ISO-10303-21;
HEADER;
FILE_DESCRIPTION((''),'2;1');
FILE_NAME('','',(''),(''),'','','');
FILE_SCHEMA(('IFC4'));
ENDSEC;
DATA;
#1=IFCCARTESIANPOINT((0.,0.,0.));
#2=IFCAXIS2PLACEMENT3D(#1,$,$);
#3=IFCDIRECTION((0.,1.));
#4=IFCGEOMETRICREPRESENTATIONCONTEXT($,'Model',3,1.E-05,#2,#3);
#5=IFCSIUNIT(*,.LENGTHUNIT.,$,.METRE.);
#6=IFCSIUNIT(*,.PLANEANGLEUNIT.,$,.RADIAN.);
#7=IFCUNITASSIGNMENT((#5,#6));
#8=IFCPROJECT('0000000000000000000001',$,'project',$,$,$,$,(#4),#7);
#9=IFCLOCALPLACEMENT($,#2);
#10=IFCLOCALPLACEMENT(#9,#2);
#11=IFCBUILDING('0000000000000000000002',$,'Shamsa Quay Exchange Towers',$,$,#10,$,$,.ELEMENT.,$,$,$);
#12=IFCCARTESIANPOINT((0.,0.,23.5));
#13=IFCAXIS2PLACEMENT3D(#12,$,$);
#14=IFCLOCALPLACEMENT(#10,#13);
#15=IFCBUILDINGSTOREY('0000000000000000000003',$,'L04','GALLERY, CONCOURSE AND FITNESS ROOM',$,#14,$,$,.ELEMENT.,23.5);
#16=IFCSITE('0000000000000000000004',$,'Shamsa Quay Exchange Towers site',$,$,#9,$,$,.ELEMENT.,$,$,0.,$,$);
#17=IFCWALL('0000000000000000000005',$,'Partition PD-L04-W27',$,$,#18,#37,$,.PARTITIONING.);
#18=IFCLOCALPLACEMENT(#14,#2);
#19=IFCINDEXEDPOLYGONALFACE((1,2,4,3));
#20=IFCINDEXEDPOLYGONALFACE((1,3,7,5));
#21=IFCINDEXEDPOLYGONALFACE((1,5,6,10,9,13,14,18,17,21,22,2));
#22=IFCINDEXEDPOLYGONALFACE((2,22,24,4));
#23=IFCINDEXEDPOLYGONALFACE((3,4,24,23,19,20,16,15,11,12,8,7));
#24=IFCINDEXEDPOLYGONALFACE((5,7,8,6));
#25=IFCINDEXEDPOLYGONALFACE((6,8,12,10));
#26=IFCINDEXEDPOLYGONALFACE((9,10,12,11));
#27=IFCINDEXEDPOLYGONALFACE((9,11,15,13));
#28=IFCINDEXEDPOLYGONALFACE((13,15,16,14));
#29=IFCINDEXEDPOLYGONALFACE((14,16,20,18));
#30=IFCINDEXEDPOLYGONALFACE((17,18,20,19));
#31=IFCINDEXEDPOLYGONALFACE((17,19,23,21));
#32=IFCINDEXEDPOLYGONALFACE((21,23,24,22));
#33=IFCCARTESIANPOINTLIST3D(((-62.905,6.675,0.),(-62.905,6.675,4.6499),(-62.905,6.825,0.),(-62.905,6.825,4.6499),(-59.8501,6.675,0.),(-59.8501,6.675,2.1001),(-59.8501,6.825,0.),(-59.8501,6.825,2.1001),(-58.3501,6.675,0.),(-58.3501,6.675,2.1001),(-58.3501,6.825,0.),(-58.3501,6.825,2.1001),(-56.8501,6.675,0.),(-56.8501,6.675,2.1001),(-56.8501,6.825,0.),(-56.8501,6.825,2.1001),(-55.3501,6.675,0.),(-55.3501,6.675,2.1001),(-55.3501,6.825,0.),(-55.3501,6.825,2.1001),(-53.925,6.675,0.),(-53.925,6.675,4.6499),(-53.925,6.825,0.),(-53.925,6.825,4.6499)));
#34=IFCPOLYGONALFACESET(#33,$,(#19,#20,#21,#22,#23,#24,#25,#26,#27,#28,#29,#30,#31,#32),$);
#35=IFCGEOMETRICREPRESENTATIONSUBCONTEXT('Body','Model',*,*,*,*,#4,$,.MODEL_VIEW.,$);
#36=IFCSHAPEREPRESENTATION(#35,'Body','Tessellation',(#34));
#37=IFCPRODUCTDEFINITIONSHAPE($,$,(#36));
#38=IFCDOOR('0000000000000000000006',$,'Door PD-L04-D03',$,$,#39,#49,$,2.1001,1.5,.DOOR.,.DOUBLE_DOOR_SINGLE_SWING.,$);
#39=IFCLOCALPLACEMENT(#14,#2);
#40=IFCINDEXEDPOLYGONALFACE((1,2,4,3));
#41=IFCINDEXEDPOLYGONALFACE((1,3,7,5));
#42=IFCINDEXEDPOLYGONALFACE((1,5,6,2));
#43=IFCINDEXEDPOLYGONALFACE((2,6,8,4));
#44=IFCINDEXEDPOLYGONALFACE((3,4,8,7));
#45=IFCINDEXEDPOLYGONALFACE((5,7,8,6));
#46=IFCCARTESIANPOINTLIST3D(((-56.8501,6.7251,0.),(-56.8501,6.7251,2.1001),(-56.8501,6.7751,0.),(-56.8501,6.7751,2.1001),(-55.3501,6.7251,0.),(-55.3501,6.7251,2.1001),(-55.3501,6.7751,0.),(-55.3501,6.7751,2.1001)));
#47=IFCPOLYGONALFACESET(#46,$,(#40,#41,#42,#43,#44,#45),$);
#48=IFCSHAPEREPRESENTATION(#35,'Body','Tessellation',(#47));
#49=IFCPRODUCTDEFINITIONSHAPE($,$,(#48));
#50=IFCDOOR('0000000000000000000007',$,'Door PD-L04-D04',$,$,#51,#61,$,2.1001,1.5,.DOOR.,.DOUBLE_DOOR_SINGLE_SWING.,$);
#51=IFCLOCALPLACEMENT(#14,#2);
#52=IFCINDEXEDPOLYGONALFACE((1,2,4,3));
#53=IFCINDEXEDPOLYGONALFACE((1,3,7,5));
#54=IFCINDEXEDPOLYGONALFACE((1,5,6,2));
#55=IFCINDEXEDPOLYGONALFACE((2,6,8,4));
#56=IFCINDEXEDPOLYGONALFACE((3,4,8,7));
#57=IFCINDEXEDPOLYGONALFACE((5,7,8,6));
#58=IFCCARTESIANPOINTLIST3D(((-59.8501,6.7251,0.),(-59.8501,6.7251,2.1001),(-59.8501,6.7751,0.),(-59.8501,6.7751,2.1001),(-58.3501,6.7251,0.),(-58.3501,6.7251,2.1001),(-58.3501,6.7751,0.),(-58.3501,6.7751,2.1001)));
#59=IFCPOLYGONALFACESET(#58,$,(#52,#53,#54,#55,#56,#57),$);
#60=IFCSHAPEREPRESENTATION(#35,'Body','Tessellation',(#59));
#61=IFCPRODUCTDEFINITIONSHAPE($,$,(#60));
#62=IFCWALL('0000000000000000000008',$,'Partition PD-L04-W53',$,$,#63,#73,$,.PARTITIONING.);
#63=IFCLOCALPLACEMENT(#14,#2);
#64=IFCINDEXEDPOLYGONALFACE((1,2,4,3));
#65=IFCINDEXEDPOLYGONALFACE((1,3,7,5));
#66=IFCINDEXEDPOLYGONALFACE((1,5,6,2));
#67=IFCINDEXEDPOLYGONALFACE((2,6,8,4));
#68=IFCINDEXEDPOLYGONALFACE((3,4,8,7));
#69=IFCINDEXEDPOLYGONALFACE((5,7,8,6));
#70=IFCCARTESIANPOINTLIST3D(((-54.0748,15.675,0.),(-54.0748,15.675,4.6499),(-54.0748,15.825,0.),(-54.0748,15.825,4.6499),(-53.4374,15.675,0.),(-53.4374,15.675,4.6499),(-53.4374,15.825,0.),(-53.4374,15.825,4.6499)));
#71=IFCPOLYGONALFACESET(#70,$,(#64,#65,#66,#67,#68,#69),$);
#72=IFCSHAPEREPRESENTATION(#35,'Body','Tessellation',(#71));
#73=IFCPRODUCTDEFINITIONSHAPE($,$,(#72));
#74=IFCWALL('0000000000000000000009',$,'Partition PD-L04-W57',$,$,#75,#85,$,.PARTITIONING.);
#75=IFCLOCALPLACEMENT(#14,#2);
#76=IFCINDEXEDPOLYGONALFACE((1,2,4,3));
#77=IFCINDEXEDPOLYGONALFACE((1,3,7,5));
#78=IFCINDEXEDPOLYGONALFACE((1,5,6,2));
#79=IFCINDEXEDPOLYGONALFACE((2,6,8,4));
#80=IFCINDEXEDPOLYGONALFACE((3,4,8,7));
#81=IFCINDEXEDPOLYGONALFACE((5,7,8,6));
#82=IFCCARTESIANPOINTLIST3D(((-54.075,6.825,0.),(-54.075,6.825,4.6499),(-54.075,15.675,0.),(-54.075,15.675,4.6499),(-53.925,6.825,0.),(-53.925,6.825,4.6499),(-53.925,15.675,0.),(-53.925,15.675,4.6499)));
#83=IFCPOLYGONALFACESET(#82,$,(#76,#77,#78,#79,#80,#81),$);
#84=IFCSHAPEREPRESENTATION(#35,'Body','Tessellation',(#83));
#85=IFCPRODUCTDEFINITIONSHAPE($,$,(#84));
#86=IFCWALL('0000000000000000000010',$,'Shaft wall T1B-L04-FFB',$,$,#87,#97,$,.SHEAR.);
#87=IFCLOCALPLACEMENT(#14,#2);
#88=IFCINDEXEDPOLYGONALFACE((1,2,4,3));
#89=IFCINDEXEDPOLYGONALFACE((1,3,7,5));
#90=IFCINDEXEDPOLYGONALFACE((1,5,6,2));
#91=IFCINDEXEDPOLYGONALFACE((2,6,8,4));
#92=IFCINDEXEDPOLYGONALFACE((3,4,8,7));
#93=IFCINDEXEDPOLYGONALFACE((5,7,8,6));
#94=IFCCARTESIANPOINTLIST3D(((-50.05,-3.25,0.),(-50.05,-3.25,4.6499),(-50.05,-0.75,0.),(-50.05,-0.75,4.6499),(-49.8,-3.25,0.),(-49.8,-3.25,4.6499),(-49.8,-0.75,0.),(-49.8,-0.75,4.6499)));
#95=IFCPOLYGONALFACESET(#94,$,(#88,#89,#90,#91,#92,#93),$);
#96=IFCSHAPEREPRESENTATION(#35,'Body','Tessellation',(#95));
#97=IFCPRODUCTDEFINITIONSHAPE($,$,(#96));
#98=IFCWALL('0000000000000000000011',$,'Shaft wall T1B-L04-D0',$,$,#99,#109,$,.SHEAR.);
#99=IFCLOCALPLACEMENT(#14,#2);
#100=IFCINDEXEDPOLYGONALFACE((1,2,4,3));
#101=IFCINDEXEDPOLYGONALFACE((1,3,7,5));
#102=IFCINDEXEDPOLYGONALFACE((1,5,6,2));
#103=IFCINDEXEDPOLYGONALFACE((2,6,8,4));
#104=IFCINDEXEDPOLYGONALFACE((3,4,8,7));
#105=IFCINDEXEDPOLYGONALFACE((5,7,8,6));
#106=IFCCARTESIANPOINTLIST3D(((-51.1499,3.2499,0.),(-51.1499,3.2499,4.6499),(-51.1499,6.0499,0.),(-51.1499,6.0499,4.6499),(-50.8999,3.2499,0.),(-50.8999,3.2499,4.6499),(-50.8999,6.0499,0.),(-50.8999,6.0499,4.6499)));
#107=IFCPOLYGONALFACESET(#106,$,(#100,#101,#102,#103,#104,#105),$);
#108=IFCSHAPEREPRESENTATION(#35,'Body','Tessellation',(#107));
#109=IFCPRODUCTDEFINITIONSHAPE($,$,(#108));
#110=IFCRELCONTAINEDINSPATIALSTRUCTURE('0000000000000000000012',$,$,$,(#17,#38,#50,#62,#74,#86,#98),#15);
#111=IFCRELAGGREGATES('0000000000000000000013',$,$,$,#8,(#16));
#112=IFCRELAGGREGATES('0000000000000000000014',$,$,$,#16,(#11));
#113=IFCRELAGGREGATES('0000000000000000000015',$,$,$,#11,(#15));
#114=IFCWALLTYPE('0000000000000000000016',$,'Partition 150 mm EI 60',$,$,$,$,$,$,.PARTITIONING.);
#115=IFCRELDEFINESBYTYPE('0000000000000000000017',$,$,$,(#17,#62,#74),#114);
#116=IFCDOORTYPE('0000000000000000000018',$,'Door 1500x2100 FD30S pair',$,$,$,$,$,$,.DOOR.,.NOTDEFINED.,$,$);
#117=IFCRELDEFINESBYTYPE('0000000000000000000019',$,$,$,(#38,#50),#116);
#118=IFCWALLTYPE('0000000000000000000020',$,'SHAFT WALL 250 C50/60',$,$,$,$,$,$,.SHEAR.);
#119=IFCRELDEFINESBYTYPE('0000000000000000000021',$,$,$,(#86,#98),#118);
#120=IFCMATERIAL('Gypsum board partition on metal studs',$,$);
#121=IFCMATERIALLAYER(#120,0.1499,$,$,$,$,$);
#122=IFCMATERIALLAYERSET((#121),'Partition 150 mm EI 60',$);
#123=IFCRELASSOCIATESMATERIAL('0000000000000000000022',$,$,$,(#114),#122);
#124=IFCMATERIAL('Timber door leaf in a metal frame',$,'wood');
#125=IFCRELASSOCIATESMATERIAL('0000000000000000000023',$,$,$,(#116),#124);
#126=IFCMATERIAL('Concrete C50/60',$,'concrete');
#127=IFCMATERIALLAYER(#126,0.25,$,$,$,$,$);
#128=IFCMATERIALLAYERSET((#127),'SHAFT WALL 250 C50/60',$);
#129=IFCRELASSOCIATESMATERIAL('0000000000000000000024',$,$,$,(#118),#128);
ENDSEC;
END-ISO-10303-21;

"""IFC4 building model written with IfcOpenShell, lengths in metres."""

from ifc_helpers import new_model, si_unit, direction, frame, frame_2d, origin, place, context, subcontext, project, spatial, rectangle, extrude, material, layer, layer_set, type_object, element, fill, save


model = new_model("IFC4")

# Units and contexts
model_context = context("Model", 3, precision=1e-05, world=origin(), true_north=direction((0.0, 1.0)))
body_context = subcontext(model_context, "Body", "Model", "MODEL_VIEW")
ifc_project = project(units=[si_unit("LENGTHUNIT", "METRE"), si_unit("PLANEANGLEUNIT", "RADIAN")], contexts=[model_context])

# Site, building, storey
site_placement = place(None, origin())
site = spatial("IfcSite", under=ifc_project, at=site_placement, Name="Shamsa Quay Exchange Towers site", CompositionType="ELEMENT", RefElevation=0.0)
building_placement = place(site_placement, origin())
building = spatial("IfcBuilding", under=site, at=building_placement, Name="Shamsa Quay Exchange Towers", CompositionType="ELEMENT")
storey_placement = place(building_placement, frame((0.0, 0.0, 23.5)))
storey = spatial("IfcBuildingStorey", under=building, at=storey_placement, Name="L04", Description="GALLERY, CONCOURSE AND FITNESS ROOM", CompositionType="ELEMENT", Elevation=23.5)

# Wall, openings, doors
ifc_material_1 = material(Name="Gypsum board partition on metal studs")
ifc_layer_1 = layer(ifc_material_1, 0.1499)
ifc_layer_set_1 = layer_set([ifc_layer_1], Name="Partition 150 mm EI 60")
wall_type_1 = type_object("IfcWallType", Name="Partition 150 mm EI 60", PredefinedType="PARTITIONING", material=ifc_layer_set_1)
wall_1_placement = place(storey_placement, frame((-53.925, 6.75, 0.0), z_axis=(0.0, 0.0, 1.0), x_axis=(-1.0, 0.0, 0.0)))
wall_1 = element("IfcWall", 1, at=wall_1_placement, inside=storey, type_object=wall_type_1, Name="Partition PD-L04-W27", PredefinedType="PARTITIONING", context=body_context, shape_type="SweptSolid", body=[
    extrude(rectangle(XDim=8.98, YDim=0.1499, at=frame_2d((4.49, 0.0))), origin(), (0.0, 0.0, 1.0), 4.6499),
])
opening_1_placement = place(wall_1_placement, frame((1.425, 0.0, 0.0)))
opening_1 = element("IfcOpeningElement", 2, at=opening_1_placement, cuts=wall_1, PredefinedType="OPENING", context=body_context, shape_type="SweptSolid", body=[
    extrude(rectangle(XDim=1.5, YDim=2.1001, at=frame_2d((0.75, 1.05))), frame((0.0, 0.085, 0.0), z_axis=(0.0, -1.0, 0.0), x_axis=(1.0, 0.0, 0.0)), (0.0, 0.0, 1.0), 0.1699),
])
opening_2_placement = place(wall_1_placement, frame((4.425, 0.0, 0.0)))
opening_2 = element("IfcOpeningElement", 3, at=opening_2_placement, cuts=wall_1, PredefinedType="OPENING", context=body_context, shape_type="SweptSolid", body=[
    extrude(rectangle(XDim=1.5, YDim=2.1001, at=frame_2d((0.75, 1.05))), frame((0.0, 0.085, 0.0), z_axis=(0.0, -1.0, 0.0), x_axis=(1.0, 0.0, 0.0)), (0.0, 0.0, 1.0), 0.1699),
])
ifc_material_2 = material(Name="Timber door leaf in a metal frame", Category="wood")
door_type = type_object("IfcDoorType", Name="Door 1500x2100 FD30S pair", OperationType="NOTDEFINED", PredefinedType="DOOR", material=ifc_material_2)
door_1_placement = place(opening_1_placement, origin())
door_1 = element("IfcDoor", 4, at=door_1_placement, inside=storey, type_object=door_type, Name="Door PD-L04-D03", OperationType="DOUBLE_DOOR_SINGLE_SWING", OverallHeight=2.1001, OverallWidth=1.5, PredefinedType="DOOR", context=body_context, shape_type="SweptSolid", body=[
    extrude(rectangle(XDim=1.5, YDim=2.1001, at=frame_2d((0.75, 1.05))), frame((0.0, 0.0249, 0.0), z_axis=(0.0, -1.0, 0.0), x_axis=(1.0, 0.0, 0.0)), (0.0, 0.0, 1.0), 0.05),
])
fill(opening_1, door_1)
door_2_placement = place(opening_2_placement, origin())
door_2 = element("IfcDoor", 5, at=door_2_placement, inside=storey, type_object=door_type, Name="Door PD-L04-D04", OperationType="DOUBLE_DOOR_SINGLE_SWING", OverallHeight=2.1001, OverallWidth=1.5, PredefinedType="DOOR", context=body_context, shape_type="SweptSolid", body=[
    extrude(rectangle(XDim=1.5, YDim=2.1001, at=frame_2d((0.75, 1.05))), frame((0.0, 0.0249, 0.0), z_axis=(0.0, -1.0, 0.0), x_axis=(1.0, 0.0, 0.0)), (0.0, 0.0, 1.0), 0.05),
])
fill(opening_2, door_2)

# Walls
wall_2_placement = place(storey_placement, frame((-54.075, 15.75, 0.0)))
element("IfcWall", 6, at=wall_2_placement, inside=storey, type_object=wall_type_1, Name="Partition PD-L04-W53", PredefinedType="PARTITIONING", context=body_context, shape_type="SweptSolid", body=[
    extrude(rectangle(XDim=0.6375, YDim=0.1499, at=frame_2d((0.3188, 0.0))), origin(), (0.0, 0.0, 1.0), 4.6499),
])
wall_3_placement = place(storey_placement, frame((-54.0, 6.825, 0.0), z_axis=(0.0, 0.0, 1.0), x_axis=(0.0, 1.0, 0.0)))
element("IfcWall", 7, at=wall_3_placement, inside=storey, type_object=wall_type_1, Name="Partition PD-L04-W57", PredefinedType="PARTITIONING", context=body_context, shape_type="SweptSolid", body=[
    extrude(rectangle(XDim=8.8501, YDim=0.1499, at=frame_2d((4.425, 0.0))), origin(), (0.0, 0.0, 1.0), 4.6499),
])
ifc_material_3 = material(Name="Concrete C50/60", Category="concrete")
ifc_layer_2 = layer(ifc_material_3, 0.25)
ifc_layer_set_2 = layer_set([ifc_layer_2], Name="SHAFT WALL 250 C50/60")
wall_type_2 = type_object("IfcWallType", Name="SHAFT WALL 250 C50/60", PredefinedType="SHEAR", material=ifc_layer_set_2)
wall_4_placement = place(storey_placement, frame((-49.925, -3.25, 0.0), z_axis=(0.0, 0.0, 1.0), x_axis=(0.0, 1.0, 0.0)))
element("IfcWall", 8, at=wall_4_placement, inside=storey, type_object=wall_type_2, Name="Shaft wall T1B-L04-FFB", PredefinedType="SHEAR", context=body_context, shape_type="SweptSolid", body=[
    extrude(rectangle(XDim=2.5, YDim=0.25, at=frame_2d((1.25, 0.0))), origin(), (0.0, 0.0, 1.0), 4.6499),
])
wall_5_placement = place(storey_placement, frame((-51.0249, 3.25, 0.0), z_axis=(0.0, 0.0, 1.0), x_axis=(0.0, 1.0, 0.0)))
element("IfcWall", 9, at=wall_5_placement, inside=storey, type_object=wall_type_2, Name="Shaft wall T1B-L04-D0", PredefinedType="SHEAR", context=body_context, shape_type="SweptSolid", body=[
    extrude(rectangle(XDim=2.8, YDim=0.25, at=frame_2d((1.3999, 0.0))), origin(), (0.0, 0.0, 1.0), 4.6499),
])

save(model, "model.ifc")
